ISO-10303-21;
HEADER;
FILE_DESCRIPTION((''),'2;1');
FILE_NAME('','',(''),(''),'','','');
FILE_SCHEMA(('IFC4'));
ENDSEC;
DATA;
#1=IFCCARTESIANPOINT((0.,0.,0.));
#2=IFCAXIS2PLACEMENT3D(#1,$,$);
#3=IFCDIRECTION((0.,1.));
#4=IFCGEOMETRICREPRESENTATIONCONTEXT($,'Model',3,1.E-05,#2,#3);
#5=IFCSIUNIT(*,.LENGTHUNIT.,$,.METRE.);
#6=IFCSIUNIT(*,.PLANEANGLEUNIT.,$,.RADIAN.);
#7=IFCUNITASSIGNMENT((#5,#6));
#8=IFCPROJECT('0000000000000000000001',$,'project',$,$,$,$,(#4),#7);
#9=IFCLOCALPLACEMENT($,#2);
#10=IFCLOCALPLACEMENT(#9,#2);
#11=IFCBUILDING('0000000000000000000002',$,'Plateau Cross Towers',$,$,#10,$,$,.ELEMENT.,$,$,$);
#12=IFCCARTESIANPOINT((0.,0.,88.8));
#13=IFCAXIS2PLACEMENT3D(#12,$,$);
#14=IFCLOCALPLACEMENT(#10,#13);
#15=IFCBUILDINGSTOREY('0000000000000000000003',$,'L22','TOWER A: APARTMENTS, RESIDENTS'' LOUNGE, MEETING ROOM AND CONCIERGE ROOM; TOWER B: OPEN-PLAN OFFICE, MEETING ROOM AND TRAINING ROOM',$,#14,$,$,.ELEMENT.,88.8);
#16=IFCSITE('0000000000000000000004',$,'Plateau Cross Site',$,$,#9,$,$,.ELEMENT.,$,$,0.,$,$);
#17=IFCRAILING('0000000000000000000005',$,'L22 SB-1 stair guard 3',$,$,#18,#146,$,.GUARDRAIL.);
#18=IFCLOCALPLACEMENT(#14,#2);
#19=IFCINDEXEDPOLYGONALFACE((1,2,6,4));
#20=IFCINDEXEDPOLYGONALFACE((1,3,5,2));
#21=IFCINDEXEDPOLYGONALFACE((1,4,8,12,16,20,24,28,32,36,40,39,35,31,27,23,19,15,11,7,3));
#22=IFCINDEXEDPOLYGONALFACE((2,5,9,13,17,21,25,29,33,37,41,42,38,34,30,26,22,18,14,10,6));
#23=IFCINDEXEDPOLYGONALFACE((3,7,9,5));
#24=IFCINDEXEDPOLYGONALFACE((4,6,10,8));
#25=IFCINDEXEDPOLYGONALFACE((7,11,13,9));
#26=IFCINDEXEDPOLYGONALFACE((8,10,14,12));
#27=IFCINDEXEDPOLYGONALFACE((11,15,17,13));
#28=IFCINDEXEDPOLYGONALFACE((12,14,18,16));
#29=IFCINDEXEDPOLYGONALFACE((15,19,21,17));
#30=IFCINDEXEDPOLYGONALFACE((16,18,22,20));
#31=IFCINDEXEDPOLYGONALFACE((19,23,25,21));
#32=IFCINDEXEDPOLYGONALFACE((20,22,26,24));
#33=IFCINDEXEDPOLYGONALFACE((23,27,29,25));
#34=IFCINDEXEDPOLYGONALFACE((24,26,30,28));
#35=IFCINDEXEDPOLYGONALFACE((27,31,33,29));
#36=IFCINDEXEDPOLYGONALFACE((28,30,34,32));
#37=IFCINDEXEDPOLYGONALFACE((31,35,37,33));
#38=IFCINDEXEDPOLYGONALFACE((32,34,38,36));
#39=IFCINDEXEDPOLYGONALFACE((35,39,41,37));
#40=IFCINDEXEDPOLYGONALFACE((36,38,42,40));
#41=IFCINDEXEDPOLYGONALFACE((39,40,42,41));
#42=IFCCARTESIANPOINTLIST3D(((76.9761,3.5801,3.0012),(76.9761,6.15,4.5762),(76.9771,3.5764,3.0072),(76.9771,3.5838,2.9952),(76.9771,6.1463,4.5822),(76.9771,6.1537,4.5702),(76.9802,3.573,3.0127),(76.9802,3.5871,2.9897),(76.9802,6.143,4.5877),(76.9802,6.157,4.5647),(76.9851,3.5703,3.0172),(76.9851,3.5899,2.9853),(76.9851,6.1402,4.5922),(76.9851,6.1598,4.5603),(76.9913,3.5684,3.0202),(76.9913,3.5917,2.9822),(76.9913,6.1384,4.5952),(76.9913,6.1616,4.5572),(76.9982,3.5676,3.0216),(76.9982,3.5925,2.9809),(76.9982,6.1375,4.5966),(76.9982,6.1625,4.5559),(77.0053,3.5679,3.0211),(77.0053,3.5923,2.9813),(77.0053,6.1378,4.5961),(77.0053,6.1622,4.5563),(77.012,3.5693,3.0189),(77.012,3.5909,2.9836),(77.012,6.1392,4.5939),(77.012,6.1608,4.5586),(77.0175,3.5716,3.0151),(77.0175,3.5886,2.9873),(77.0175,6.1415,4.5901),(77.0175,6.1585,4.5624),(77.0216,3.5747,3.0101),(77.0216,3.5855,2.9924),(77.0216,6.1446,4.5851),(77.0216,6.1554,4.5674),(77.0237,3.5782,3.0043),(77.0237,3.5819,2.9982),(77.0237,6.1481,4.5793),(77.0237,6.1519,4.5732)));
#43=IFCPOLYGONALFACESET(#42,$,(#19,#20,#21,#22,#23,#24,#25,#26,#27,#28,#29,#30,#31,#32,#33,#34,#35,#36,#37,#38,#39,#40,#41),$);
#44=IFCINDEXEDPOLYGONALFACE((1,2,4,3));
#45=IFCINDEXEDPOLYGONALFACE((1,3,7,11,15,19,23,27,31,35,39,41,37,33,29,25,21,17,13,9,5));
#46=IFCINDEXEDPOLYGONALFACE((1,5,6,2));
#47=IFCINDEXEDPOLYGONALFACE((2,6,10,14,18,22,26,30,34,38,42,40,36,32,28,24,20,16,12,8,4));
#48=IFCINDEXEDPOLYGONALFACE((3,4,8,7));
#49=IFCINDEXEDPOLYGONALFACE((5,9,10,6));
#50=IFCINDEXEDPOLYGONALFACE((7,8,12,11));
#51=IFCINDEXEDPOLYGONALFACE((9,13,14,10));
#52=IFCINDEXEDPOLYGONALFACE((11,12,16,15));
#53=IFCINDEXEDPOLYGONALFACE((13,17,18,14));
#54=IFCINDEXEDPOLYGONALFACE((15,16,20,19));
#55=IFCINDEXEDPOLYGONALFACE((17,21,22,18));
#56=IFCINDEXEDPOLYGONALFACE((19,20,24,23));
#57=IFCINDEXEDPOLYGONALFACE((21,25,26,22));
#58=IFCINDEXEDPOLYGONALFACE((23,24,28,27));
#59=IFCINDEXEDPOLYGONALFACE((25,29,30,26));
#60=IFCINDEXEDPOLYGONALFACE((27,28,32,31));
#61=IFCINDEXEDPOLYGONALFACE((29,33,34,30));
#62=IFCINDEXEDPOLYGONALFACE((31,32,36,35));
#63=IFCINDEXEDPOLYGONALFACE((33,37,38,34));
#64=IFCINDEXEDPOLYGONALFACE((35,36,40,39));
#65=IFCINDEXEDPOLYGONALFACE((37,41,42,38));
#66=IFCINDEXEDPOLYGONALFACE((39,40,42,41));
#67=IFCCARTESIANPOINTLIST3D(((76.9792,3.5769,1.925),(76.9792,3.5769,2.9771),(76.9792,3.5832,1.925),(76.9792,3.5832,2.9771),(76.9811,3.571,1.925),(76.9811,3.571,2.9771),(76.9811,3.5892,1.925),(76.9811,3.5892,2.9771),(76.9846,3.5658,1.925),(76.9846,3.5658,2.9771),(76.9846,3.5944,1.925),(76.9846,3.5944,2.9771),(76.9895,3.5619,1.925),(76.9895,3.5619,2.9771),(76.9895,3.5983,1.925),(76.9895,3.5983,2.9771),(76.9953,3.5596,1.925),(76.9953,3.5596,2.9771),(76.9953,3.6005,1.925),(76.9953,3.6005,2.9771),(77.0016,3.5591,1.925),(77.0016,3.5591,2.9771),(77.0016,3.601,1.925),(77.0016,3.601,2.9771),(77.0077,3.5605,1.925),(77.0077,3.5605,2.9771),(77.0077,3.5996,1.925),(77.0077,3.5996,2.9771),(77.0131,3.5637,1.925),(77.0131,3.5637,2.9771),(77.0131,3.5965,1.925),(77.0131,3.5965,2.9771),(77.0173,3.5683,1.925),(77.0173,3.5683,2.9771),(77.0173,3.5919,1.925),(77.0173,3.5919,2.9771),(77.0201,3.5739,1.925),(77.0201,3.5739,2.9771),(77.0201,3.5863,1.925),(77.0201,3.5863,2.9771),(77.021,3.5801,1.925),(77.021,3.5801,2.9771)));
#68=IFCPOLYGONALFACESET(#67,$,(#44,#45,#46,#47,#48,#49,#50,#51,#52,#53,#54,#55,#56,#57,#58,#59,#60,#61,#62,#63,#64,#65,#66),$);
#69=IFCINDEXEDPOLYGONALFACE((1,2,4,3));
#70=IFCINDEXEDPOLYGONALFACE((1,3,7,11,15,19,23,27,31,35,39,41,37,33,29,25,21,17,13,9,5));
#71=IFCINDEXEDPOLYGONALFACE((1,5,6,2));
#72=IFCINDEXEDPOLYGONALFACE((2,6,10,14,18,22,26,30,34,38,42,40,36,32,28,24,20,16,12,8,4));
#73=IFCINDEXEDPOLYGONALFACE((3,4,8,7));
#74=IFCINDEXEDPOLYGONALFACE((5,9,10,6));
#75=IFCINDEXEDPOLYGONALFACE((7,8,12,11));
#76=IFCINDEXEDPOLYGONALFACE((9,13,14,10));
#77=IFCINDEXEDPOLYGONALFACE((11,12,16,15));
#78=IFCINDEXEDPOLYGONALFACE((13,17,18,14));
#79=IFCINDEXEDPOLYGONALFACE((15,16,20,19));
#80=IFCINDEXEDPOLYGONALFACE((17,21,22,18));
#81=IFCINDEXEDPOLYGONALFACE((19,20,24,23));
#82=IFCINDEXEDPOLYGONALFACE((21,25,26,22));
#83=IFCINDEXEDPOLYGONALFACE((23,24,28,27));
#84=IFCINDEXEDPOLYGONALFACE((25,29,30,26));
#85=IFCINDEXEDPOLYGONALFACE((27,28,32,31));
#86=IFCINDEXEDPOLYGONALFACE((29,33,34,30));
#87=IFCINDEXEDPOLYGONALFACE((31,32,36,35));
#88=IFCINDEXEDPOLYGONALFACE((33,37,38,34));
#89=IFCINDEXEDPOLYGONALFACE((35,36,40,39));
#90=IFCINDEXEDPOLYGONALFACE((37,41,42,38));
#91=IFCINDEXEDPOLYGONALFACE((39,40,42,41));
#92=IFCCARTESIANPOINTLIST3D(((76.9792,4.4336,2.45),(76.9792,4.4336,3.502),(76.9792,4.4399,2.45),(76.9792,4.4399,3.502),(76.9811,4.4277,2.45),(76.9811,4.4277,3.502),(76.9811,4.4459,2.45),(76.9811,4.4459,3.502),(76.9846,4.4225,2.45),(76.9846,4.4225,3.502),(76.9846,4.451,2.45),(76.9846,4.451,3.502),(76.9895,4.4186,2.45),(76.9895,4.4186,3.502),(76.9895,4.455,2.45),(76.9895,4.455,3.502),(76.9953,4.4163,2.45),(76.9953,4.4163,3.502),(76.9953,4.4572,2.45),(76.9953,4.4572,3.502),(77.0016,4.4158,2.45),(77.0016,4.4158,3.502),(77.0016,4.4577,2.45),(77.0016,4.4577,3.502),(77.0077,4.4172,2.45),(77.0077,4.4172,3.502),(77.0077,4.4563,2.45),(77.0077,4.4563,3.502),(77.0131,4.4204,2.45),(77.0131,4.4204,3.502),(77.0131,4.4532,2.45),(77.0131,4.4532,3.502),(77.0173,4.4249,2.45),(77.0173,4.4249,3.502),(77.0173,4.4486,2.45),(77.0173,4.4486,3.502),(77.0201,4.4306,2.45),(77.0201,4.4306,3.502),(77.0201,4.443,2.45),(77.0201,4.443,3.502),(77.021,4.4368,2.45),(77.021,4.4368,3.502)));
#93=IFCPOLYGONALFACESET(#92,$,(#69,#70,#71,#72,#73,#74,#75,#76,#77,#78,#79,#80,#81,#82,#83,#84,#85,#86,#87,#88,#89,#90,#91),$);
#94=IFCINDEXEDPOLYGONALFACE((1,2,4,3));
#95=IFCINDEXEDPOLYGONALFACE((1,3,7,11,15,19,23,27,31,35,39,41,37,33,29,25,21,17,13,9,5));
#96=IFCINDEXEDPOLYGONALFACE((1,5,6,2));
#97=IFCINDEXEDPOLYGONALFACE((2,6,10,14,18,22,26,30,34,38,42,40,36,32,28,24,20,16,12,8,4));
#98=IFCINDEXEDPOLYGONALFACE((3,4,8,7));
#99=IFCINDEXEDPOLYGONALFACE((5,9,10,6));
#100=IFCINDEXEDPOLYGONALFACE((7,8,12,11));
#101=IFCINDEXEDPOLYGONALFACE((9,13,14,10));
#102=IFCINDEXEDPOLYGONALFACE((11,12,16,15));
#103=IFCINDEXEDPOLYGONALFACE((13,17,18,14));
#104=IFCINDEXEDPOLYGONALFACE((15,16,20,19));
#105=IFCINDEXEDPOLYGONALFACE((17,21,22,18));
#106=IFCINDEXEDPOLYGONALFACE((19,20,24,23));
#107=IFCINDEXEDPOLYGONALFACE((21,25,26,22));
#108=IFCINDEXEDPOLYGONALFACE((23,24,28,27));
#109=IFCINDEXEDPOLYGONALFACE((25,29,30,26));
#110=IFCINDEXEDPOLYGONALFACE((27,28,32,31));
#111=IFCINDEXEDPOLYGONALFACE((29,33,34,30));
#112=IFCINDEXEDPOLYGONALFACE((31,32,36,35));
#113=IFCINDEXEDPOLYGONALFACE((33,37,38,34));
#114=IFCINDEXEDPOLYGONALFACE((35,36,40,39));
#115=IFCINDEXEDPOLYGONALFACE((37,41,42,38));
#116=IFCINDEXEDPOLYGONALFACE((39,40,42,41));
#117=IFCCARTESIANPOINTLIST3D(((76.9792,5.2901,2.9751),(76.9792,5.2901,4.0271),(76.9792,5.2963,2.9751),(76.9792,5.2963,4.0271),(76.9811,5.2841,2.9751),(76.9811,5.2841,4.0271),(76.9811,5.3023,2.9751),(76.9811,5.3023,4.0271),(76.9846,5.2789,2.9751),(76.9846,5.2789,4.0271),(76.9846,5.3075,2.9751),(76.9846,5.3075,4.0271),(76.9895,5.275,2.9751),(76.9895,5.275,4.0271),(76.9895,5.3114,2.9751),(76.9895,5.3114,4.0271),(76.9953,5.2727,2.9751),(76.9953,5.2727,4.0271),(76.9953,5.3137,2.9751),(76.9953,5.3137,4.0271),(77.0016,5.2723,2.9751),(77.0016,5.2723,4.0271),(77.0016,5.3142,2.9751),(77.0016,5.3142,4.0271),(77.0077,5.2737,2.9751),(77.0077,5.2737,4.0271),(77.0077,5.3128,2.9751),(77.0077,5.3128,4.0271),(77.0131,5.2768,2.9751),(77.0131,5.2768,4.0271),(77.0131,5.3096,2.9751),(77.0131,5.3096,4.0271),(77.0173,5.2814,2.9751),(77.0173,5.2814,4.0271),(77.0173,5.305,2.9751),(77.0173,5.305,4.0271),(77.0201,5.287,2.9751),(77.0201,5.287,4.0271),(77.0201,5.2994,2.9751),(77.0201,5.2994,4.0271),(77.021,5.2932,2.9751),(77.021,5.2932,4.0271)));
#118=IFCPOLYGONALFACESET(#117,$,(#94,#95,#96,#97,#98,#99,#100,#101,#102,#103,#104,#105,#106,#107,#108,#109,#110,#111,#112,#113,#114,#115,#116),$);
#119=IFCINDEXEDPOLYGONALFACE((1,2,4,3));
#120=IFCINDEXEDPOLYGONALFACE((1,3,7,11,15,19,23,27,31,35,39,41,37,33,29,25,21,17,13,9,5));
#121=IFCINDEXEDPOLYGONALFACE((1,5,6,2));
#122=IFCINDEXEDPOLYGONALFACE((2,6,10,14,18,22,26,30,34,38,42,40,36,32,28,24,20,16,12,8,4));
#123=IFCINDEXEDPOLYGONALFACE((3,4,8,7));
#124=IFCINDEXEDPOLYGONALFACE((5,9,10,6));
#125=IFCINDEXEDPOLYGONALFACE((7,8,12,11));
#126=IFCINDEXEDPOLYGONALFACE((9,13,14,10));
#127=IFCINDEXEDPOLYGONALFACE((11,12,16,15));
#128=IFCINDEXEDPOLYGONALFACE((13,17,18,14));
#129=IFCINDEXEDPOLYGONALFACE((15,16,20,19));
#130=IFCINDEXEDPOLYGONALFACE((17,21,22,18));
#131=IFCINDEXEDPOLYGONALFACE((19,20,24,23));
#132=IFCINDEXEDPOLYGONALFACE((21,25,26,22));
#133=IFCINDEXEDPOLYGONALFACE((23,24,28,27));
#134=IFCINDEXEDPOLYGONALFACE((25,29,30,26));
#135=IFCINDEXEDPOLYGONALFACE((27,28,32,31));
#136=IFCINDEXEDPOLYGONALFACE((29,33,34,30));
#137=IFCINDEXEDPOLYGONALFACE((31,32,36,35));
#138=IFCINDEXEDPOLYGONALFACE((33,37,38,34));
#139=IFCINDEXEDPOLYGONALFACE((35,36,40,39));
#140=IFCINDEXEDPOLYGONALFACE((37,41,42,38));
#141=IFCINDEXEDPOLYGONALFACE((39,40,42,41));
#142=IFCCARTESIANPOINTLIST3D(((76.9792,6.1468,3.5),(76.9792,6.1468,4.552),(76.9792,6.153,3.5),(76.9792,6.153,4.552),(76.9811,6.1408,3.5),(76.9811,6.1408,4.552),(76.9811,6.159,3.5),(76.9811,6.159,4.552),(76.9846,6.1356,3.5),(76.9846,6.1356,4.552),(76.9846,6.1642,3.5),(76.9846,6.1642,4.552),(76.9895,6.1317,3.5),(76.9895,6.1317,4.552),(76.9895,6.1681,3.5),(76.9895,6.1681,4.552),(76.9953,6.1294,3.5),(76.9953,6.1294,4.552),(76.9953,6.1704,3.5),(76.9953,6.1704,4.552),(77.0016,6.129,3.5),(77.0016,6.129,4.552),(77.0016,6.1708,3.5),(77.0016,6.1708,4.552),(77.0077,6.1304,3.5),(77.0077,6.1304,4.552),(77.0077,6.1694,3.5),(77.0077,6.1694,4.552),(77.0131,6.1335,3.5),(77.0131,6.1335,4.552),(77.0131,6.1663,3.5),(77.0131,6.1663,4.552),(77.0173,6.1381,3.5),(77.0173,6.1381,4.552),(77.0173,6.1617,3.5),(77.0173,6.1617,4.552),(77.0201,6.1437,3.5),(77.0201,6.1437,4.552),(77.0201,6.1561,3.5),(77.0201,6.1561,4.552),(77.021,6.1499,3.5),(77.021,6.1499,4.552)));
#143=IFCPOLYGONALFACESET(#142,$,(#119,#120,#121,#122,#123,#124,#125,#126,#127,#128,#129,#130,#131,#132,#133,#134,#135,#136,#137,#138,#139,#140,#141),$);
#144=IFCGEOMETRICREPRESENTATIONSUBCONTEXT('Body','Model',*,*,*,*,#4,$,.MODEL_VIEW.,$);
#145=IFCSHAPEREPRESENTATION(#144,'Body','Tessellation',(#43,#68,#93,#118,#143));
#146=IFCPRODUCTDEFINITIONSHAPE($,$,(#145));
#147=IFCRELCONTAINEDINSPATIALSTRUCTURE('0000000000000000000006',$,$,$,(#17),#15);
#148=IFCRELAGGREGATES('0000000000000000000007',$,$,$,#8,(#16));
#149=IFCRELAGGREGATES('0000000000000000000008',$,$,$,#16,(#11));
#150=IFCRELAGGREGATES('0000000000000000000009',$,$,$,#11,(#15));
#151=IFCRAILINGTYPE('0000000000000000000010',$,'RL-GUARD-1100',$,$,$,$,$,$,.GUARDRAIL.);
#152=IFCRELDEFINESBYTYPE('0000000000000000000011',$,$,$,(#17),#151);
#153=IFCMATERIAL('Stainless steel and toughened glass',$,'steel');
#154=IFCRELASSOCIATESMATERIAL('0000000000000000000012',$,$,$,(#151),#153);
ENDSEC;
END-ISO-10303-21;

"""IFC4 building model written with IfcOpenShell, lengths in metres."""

from ifc_helpers import new_model, si_unit, direction, frame, origin, origin_2d, place, context, subcontext, project, spatial, circle, extrude, material, type_object, element, save


model = new_model("IFC4")

# Units and contexts
model_context = context("Model", 3, precision=1e-05, world=origin(), true_north=direction((0.0, 1.0)))
body_context = subcontext(model_context, "Body", "Model", "MODEL_VIEW")
ifc_project = project(units=[si_unit("LENGTHUNIT", "METRE"), si_unit("PLANEANGLEUNIT", "RADIAN")], contexts=[model_context])

# Site, building, storey
site_placement = place(None, origin())
site = spatial("IfcSite", under=ifc_project, at=site_placement, Name="Plateau Cross Site", CompositionType="ELEMENT", RefElevation=0.0)
building_placement = place(site_placement, origin())
building = spatial("IfcBuilding", under=site, at=building_placement, Name="Plateau Cross Towers", CompositionType="ELEMENT")
storey_placement = place(building_placement, frame((0.0, 0.0, 88.8)))
storey = spatial("IfcBuildingStorey", under=building, at=storey_placement, Name="L22", Description="TOWER A: APARTMENTS, RESIDENTS' LOUNGE, MEETING ROOM AND CONCIERGE ROOM; TOWER B: OPEN-PLAN OFFICE, MEETING ROOM AND TRAINING ROOM", CompositionType="ELEMENT", Elevation=88.8)

# Railing
ifc_material_1 = material(Name="Stainless steel and toughened glass", Category="steel")
railing_type_1 = type_object("IfcRailingType", Name="RL-GUARD-1100", PredefinedType="GUARDRAIL", material=ifc_material_1)
railing_1_placement = place(storey_placement, frame((77.0, 3.5801, 1.925)))
element("IfcRailing", 1, at=railing_1_placement, inside=storey, type_object=railing_type_1, Name="L22 SB-1 stair guard 3", PredefinedType="GUARDRAIL", context=body_context, shape_type="SweptSolid", body=[
    extrude(circle(Radius=0.0239, at=origin_2d()), frame((0.0, 0.0, 1.0762), z_axis=(0.0, 0.852616, 0.522537), x_axis=(-1.0, 0.0, 0.0)), (0.0, 0.0, 1.0), 3.0142),
    extrude(circle(Radius=0.021, at=origin_2d()), origin(), (0.0, 0.0, 1.0), 1.052),
    extrude(circle(Radius=0.021, at=origin_2d()), frame((0.0, 0.8567, 0.5249)), (0.0, 0.0, 1.0), 1.052),
    extrude(circle(Radius=0.021, at=origin_2d()), frame((0.0, 1.7131, 1.05)), (0.0, 0.0, 1.0), 1.052),
    extrude(circle(Radius=0.021, at=origin_2d()), frame((0.0, 2.5698, 1.575)), (0.0, 0.0, 1.0), 1.052),
])

save(model, "model.ifc")
